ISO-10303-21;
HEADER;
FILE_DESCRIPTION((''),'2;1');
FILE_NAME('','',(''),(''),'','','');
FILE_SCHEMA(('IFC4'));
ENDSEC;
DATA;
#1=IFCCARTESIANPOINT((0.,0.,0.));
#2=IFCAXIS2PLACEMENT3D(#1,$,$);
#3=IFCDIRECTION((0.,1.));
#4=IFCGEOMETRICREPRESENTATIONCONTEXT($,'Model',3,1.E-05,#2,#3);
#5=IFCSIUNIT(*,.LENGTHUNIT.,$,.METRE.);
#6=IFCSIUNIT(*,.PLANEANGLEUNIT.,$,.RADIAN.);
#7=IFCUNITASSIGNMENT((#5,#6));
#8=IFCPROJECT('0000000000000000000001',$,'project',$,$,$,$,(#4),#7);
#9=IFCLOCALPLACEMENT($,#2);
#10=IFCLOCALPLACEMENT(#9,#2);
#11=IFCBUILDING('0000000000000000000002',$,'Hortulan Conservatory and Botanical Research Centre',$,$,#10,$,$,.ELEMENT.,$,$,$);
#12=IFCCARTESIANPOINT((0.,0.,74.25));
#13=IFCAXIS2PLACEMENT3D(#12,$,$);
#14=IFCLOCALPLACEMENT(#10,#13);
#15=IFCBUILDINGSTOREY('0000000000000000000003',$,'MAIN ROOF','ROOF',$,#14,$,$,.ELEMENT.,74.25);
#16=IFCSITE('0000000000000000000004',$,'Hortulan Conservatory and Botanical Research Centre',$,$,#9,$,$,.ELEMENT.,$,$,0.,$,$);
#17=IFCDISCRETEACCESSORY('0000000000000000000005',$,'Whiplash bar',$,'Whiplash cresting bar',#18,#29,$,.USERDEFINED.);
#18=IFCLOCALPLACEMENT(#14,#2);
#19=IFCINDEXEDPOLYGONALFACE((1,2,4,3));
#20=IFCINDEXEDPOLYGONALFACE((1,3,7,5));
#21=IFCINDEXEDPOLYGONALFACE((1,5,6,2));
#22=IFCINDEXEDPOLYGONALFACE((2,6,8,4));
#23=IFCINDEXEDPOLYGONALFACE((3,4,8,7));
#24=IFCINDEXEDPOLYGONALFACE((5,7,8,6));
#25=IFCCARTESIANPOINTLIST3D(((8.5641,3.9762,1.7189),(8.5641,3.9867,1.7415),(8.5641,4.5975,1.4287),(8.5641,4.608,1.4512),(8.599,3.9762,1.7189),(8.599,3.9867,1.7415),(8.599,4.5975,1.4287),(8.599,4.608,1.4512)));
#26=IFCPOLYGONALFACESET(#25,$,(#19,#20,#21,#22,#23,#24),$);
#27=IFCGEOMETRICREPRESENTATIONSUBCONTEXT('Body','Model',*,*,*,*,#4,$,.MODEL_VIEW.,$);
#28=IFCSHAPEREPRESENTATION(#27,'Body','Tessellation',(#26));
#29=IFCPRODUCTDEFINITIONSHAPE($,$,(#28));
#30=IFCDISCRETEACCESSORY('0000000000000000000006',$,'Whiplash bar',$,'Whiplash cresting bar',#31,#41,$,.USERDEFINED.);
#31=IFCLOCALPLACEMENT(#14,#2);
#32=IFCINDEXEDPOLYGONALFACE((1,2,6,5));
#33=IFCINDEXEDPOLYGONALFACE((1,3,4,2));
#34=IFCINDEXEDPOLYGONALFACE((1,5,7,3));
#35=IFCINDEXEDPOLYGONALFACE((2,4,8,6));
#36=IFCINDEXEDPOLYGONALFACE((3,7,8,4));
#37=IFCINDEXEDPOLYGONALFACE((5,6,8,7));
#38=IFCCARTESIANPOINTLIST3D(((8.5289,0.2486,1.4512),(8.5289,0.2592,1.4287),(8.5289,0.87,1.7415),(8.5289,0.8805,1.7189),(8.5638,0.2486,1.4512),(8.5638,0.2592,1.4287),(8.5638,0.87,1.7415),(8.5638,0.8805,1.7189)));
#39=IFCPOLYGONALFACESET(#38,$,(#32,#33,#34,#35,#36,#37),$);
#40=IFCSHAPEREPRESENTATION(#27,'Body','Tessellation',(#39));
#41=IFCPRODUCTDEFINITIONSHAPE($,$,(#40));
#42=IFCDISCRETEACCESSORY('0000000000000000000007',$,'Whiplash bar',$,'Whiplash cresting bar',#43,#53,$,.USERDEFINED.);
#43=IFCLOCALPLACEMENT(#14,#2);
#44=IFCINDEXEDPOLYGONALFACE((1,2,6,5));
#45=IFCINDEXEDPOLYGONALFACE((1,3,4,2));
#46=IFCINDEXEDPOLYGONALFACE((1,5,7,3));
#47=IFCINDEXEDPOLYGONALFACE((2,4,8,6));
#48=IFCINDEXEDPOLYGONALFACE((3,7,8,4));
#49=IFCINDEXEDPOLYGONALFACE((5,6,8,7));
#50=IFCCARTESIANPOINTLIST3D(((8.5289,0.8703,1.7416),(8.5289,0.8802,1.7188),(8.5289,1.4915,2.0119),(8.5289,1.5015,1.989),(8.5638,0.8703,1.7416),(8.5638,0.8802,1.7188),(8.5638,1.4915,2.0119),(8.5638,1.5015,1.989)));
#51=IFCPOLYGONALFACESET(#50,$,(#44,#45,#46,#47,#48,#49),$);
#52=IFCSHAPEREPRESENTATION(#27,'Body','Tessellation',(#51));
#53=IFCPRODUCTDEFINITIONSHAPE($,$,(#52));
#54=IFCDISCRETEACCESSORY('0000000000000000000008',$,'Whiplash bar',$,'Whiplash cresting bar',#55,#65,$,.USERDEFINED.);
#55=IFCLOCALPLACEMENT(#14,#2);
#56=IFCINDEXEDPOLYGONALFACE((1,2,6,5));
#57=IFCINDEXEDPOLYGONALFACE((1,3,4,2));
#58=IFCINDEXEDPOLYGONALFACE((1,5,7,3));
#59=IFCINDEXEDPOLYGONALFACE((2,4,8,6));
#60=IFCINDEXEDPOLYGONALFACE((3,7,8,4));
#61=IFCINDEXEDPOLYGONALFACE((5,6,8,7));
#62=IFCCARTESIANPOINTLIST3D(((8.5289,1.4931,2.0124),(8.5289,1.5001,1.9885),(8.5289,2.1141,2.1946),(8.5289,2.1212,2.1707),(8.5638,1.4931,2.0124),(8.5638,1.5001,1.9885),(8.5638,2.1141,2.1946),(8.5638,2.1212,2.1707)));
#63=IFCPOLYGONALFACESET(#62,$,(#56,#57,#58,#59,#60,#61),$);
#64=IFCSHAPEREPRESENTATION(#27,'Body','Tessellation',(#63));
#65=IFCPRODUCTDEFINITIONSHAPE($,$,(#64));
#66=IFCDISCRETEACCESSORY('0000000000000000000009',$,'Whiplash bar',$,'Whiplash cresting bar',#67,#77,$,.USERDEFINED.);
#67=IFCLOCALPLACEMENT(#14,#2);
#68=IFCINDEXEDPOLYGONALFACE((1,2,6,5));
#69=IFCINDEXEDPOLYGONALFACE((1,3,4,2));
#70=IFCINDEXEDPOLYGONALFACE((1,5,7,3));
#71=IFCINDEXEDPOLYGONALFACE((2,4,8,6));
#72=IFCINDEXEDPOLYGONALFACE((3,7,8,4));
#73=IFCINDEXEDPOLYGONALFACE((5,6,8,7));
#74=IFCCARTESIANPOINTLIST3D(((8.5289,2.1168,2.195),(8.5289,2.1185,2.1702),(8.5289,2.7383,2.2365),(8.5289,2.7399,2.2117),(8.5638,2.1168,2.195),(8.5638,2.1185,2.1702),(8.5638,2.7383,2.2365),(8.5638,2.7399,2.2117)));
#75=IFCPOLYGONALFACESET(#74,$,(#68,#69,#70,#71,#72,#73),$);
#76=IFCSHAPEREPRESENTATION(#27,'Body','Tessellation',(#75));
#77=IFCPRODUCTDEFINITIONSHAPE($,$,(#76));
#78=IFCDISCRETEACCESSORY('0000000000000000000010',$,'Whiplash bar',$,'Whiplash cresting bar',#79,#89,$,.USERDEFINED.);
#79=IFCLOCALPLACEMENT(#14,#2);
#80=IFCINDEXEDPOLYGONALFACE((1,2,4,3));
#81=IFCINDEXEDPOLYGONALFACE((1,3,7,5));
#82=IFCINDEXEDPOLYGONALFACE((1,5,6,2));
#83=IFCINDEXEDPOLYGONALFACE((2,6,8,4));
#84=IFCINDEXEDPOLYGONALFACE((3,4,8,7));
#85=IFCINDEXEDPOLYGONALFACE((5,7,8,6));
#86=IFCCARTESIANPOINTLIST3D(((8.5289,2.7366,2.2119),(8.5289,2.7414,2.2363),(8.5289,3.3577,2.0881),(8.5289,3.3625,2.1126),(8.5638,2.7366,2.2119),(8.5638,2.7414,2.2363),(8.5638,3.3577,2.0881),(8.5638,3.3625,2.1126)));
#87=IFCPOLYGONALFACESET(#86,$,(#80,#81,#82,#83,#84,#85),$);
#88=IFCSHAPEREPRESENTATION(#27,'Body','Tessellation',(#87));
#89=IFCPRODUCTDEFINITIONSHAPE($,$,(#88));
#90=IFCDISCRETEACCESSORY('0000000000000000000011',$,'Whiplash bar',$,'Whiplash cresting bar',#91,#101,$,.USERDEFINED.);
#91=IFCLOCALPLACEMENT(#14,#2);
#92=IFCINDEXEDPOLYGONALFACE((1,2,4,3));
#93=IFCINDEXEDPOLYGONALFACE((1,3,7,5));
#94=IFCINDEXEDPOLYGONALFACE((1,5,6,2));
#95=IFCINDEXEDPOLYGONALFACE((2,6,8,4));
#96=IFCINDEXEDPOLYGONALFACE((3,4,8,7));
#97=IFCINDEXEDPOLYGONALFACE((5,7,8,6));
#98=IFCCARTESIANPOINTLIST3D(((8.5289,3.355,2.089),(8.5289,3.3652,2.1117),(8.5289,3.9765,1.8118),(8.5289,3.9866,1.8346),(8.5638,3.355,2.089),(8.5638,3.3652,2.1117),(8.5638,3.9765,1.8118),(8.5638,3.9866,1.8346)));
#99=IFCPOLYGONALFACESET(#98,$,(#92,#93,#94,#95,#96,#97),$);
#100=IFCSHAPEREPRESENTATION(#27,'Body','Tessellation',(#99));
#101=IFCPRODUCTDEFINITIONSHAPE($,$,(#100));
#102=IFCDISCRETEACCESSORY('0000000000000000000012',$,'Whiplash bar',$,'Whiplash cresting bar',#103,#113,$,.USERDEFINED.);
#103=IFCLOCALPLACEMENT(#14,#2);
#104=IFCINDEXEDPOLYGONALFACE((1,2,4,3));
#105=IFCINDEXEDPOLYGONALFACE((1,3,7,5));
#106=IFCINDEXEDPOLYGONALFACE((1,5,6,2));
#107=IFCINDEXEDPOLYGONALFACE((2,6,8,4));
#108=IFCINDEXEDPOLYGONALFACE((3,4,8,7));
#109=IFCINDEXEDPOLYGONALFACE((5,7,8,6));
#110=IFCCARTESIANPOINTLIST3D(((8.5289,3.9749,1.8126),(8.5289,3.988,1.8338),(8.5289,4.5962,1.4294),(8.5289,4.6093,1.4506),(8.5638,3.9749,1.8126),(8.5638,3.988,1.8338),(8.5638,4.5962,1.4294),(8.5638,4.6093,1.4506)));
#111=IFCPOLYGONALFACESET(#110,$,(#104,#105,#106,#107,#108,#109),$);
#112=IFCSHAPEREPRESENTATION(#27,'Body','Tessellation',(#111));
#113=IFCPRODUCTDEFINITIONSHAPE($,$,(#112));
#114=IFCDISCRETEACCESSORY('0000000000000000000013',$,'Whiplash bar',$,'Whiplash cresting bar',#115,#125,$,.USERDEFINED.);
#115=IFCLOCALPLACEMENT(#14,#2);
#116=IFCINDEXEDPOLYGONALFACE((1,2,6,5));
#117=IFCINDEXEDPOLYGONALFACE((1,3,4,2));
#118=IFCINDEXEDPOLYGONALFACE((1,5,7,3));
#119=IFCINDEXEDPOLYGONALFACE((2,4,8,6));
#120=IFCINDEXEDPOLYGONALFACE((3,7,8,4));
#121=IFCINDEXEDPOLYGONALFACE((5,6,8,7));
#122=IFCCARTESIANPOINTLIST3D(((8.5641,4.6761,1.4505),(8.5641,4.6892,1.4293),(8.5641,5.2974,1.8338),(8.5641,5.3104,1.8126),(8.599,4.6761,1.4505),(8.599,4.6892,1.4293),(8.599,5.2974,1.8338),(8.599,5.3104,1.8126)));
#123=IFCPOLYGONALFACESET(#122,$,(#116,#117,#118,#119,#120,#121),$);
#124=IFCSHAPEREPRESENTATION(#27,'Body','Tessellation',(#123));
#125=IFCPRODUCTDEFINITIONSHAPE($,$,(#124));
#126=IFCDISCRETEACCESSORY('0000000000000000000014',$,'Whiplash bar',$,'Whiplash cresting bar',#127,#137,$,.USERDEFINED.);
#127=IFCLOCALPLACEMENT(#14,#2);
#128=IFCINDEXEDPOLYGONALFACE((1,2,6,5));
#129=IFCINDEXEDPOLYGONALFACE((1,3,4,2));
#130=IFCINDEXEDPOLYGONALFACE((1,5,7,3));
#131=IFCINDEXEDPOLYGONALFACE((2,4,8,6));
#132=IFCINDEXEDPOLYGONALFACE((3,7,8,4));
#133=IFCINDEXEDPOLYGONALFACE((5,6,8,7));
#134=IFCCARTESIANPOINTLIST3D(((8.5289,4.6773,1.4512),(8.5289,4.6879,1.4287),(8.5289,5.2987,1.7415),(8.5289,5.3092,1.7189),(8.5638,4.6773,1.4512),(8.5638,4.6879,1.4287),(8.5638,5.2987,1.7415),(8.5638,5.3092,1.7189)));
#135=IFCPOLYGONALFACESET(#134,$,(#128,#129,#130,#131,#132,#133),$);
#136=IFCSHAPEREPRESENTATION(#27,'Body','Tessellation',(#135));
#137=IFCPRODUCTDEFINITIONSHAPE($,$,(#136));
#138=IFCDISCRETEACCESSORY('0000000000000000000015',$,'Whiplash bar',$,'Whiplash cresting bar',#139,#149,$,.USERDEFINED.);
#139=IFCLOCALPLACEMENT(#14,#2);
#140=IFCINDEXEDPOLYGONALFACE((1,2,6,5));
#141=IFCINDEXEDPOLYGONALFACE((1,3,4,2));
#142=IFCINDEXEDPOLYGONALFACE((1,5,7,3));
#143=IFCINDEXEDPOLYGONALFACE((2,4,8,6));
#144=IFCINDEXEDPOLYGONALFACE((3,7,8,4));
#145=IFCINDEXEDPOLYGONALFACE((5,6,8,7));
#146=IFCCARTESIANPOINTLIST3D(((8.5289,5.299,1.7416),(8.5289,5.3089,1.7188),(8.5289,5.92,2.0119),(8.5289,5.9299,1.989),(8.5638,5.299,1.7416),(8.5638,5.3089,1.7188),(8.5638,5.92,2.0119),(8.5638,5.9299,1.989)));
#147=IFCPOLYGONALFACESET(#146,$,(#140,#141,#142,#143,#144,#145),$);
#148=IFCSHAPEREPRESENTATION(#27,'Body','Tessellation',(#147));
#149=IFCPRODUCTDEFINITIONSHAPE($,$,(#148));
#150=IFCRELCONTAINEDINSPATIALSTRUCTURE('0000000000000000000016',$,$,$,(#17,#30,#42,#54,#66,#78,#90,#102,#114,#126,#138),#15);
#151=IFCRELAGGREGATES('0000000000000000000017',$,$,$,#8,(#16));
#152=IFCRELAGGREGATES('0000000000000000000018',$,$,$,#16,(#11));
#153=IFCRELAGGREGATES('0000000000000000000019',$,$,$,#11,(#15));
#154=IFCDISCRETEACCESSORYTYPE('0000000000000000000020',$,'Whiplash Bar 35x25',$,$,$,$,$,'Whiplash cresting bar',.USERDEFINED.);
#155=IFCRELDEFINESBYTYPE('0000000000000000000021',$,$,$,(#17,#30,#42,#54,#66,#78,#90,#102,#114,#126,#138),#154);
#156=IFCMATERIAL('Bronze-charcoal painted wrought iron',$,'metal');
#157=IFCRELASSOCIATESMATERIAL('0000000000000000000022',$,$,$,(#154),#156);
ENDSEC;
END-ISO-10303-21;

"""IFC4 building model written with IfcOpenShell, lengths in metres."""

from ifc_helpers import new_model, si_unit, direction, frame, origin, origin_2d, place, context, subcontext, project, spatial, rectangle, extrude, material, material_profile, profile_set, type_object, element, save


model = new_model("IFC4")

# Units and contexts
model_context = context("Model", 3, precision=1e-05, world=origin(), true_north=direction((0.0, 1.0)))
body_context = subcontext(model_context, "Body", "Model", "MODEL_VIEW")
ifc_project = project(units=[si_unit("LENGTHUNIT", "METRE"), si_unit("PLANEANGLEUNIT", "RADIAN")], contexts=[model_context])

# Site, building, storey
site_placement = place(None, origin())
site = spatial("IfcSite", under=ifc_project, at=site_placement, Name="Hortulan Conservatory and Botanical Research Centre", CompositionType="ELEMENT", RefElevation=0.0)
building_placement = place(site_placement, origin())
building = spatial("IfcBuilding", under=site, at=building_placement, Name="Hortulan Conservatory and Botanical Research Centre", CompositionType="ELEMENT")
storey_placement = place(building_placement, frame((0.0, 0.0, 74.25)))
storey = spatial("IfcBuildingStorey", under=building, at=storey_placement, Name="MAIN ROOF", Description="ROOF", CompositionType="ELEMENT", Elevation=74.25)

# Discrete accessories
ifc_material_1 = material(Name="Bronze-charcoal painted wrought iron", Category="metal")
ifc_material_profile_1 = material_profile(ifc_material_1, rectangle(XDim=0.0349, YDim=0.0249, at=origin_2d()), Name="Flat bar 35x25")
ifc_profile_set_1 = profile_set([ifc_material_profile_1], Name="Bronze-charcoal painted wrought iron")
discrete_accessory_type_1 = type_object("IfcDiscreteAccessoryType", Name="Whiplash Bar 35x25", ElementType="Whiplash cresting bar", PredefinedType="USERDEFINED", material=ifc_profile_set_1)
for number, where, z_axis, x_axis, name in (
    (1, (8.5815, 3.9814, 1.7302), (0.0, 0.906001, -0.423275), (-1.0, 0.0, 0.0), "Whiplash bar"),
    (2, (8.5464, 0.2539, 1.4399), (0.0, 0.906001, 0.423275), (-1.0, 0.0, 0.0), "Whiplash bar"),
):
    element("IfcDiscreteAccessory", number, at=place(storey_placement, frame(where, z_axis=z_axis, x_axis=x_axis)), inside=storey, type_object=discrete_accessory_type_1, Name=name, ObjectType="Whiplash cresting bar", PredefinedType="USERDEFINED", context=body_context, shape_type="SweptSolid", body=[
        extrude(rectangle(XDim=0.0349, YDim=0.0249, at=origin_2d()), origin(), (0.0, 0.0, 1.0), 0.6858),
    ])
discrete_accessory_1_placement = place(storey_placement, frame((8.5464, 0.8752, 1.7302), z_axis=(0.0, 0.917007, 0.398871), x_axis=(-1.0, 0.0, 0.0)))
element("IfcDiscreteAccessory", 3, at=discrete_accessory_1_placement, inside=storey, type_object=discrete_accessory_type_1, Name="Whiplash bar", ObjectType="Whiplash cresting bar", PredefinedType="USERDEFINED", context=body_context, shape_type="SweptSolid", body=[
    extrude(rectangle(XDim=0.0349, YDim=0.0249, at=origin_2d()), origin(), (0.0, 0.0, 1.0), 0.6775),
])
discrete_accessory_2_placement = place(storey_placement, frame((8.5464, 1.4966, 2.0005), z_axis=(0.0, 0.959593, 0.28139), x_axis=(-1.0, 0.0, 0.0)))
element("IfcDiscreteAccessory", 4, at=discrete_accessory_2_placement, inside=storey, type_object=discrete_accessory_type_1, Name="Whiplash bar", ObjectType="Whiplash cresting bar", PredefinedType="USERDEFINED", context=body_context, shape_type="SweptSolid", body=[
    extrude(rectangle(XDim=0.0349, YDim=0.0249, at=origin_2d()), origin(), (0.0, 0.0, 1.0), 0.6472),
])
discrete_accessory_3_placement = place(storey_placement, frame((8.5464, 2.1177, 2.1826), z_axis=(0.0, 0.997776, 0.066649), x_axis=(-1.0, 0.0, 0.0)))
element("IfcDiscreteAccessory", 5, at=discrete_accessory_3_placement, inside=storey, type_object=discrete_accessory_type_1, Name="Whiplash bar", ObjectType="Whiplash cresting bar", PredefinedType="USERDEFINED", context=body_context, shape_type="SweptSolid", body=[
    extrude(rectangle(XDim=0.0349, YDim=0.0249, at=origin_2d()), origin(), (0.0, 0.0, 1.0), 0.6228),
])
discrete_accessory_4_placement = place(storey_placement, frame((8.5464, 2.739, 2.2241), z_axis=(0.0, 0.980714, -0.195449), x_axis=(-1.0, 0.0, 0.0)))
element("IfcDiscreteAccessory", 6, at=discrete_accessory_4_placement, inside=storey, type_object=discrete_accessory_type_1, Name="Whiplash bar", ObjectType="Whiplash cresting bar", PredefinedType="USERDEFINED", context=body_context, shape_type="SweptSolid", body=[
    extrude(rectangle(XDim=0.0349, YDim=0.0249, at=origin_2d()), origin(), (0.0, 0.0, 1.0), 0.6333),
])
discrete_accessory_5_placement = place(storey_placement, frame((8.5464, 3.3601, 2.1003), z_axis=(0.0, 0.913293, -0.407303), x_axis=(-1.0, 0.0, 0.0)))
element("IfcDiscreteAccessory", 7, at=discrete_accessory_5_placement, inside=storey, type_object=discrete_accessory_type_1, Name="Whiplash bar", ObjectType="Whiplash cresting bar", PredefinedType="USERDEFINED", context=body_context, shape_type="SweptSolid", body=[
    extrude(rectangle(XDim=0.0349, YDim=0.0249, at=origin_2d()), origin(), (0.0, 0.0, 1.0), 0.6804),
])
for number, where, z_axis, x_axis, name in (
    (8, (8.5464, 3.9814, 1.8232), (0.0, 0.851084, -0.52503), (-1.0, 0.0, 0.0), "Whiplash bar"),
    (9, (8.5815, 4.6826, 1.4399), (0.0, 0.851084, 0.52503), (-1.0, 0.0, 0.0), "Whiplash bar"),
):
    element("IfcDiscreteAccessory", number, at=place(storey_placement, frame(where, z_axis=z_axis, x_axis=x_axis)), inside=storey, type_object=discrete_accessory_type_1, Name=name, ObjectType="Whiplash cresting bar", PredefinedType="USERDEFINED", context=body_context, shape_type="SweptSolid", body=[
        extrude(rectangle(XDim=0.0349, YDim=0.0249, at=origin_2d()), origin(), (0.0, 0.0, 1.0), 0.73),
    ])
discrete_accessory_6_placement = place(storey_placement, frame((8.5464, 4.6826, 1.4399), z_axis=(0.0, 0.906001, 0.423275), x_axis=(-1.0, 0.0, 0.0)))
element("IfcDiscreteAccessory", 10, at=discrete_accessory_6_placement, inside=storey, type_object=discrete_accessory_type_1, Name="Whiplash bar", ObjectType="Whiplash cresting bar", PredefinedType="USERDEFINED", context=body_context, shape_type="SweptSolid", body=[
    extrude(rectangle(XDim=0.0349, YDim=0.0249, at=origin_2d()), origin(), (0.0, 0.0, 1.0), 0.6858),
])
discrete_accessory_7_placement = place(storey_placement, frame((8.5464, 5.304, 1.7302), z_axis=(0.0, 0.91695, 0.399003), x_axis=(-1.0, 0.0, 0.0)))
element("IfcDiscreteAccessory", 11, at=discrete_accessory_7_placement, inside=storey, type_object=discrete_accessory_type_1, Name="Whiplash bar", ObjectType="Whiplash cresting bar", PredefinedType="USERDEFINED", context=body_context, shape_type="SweptSolid", body=[
    extrude(rectangle(XDim=0.0349, YDim=0.0249, at=origin_2d()), origin(), (0.0, 0.0, 1.0), 0.6772),
])

save(model, "model.ifc")
